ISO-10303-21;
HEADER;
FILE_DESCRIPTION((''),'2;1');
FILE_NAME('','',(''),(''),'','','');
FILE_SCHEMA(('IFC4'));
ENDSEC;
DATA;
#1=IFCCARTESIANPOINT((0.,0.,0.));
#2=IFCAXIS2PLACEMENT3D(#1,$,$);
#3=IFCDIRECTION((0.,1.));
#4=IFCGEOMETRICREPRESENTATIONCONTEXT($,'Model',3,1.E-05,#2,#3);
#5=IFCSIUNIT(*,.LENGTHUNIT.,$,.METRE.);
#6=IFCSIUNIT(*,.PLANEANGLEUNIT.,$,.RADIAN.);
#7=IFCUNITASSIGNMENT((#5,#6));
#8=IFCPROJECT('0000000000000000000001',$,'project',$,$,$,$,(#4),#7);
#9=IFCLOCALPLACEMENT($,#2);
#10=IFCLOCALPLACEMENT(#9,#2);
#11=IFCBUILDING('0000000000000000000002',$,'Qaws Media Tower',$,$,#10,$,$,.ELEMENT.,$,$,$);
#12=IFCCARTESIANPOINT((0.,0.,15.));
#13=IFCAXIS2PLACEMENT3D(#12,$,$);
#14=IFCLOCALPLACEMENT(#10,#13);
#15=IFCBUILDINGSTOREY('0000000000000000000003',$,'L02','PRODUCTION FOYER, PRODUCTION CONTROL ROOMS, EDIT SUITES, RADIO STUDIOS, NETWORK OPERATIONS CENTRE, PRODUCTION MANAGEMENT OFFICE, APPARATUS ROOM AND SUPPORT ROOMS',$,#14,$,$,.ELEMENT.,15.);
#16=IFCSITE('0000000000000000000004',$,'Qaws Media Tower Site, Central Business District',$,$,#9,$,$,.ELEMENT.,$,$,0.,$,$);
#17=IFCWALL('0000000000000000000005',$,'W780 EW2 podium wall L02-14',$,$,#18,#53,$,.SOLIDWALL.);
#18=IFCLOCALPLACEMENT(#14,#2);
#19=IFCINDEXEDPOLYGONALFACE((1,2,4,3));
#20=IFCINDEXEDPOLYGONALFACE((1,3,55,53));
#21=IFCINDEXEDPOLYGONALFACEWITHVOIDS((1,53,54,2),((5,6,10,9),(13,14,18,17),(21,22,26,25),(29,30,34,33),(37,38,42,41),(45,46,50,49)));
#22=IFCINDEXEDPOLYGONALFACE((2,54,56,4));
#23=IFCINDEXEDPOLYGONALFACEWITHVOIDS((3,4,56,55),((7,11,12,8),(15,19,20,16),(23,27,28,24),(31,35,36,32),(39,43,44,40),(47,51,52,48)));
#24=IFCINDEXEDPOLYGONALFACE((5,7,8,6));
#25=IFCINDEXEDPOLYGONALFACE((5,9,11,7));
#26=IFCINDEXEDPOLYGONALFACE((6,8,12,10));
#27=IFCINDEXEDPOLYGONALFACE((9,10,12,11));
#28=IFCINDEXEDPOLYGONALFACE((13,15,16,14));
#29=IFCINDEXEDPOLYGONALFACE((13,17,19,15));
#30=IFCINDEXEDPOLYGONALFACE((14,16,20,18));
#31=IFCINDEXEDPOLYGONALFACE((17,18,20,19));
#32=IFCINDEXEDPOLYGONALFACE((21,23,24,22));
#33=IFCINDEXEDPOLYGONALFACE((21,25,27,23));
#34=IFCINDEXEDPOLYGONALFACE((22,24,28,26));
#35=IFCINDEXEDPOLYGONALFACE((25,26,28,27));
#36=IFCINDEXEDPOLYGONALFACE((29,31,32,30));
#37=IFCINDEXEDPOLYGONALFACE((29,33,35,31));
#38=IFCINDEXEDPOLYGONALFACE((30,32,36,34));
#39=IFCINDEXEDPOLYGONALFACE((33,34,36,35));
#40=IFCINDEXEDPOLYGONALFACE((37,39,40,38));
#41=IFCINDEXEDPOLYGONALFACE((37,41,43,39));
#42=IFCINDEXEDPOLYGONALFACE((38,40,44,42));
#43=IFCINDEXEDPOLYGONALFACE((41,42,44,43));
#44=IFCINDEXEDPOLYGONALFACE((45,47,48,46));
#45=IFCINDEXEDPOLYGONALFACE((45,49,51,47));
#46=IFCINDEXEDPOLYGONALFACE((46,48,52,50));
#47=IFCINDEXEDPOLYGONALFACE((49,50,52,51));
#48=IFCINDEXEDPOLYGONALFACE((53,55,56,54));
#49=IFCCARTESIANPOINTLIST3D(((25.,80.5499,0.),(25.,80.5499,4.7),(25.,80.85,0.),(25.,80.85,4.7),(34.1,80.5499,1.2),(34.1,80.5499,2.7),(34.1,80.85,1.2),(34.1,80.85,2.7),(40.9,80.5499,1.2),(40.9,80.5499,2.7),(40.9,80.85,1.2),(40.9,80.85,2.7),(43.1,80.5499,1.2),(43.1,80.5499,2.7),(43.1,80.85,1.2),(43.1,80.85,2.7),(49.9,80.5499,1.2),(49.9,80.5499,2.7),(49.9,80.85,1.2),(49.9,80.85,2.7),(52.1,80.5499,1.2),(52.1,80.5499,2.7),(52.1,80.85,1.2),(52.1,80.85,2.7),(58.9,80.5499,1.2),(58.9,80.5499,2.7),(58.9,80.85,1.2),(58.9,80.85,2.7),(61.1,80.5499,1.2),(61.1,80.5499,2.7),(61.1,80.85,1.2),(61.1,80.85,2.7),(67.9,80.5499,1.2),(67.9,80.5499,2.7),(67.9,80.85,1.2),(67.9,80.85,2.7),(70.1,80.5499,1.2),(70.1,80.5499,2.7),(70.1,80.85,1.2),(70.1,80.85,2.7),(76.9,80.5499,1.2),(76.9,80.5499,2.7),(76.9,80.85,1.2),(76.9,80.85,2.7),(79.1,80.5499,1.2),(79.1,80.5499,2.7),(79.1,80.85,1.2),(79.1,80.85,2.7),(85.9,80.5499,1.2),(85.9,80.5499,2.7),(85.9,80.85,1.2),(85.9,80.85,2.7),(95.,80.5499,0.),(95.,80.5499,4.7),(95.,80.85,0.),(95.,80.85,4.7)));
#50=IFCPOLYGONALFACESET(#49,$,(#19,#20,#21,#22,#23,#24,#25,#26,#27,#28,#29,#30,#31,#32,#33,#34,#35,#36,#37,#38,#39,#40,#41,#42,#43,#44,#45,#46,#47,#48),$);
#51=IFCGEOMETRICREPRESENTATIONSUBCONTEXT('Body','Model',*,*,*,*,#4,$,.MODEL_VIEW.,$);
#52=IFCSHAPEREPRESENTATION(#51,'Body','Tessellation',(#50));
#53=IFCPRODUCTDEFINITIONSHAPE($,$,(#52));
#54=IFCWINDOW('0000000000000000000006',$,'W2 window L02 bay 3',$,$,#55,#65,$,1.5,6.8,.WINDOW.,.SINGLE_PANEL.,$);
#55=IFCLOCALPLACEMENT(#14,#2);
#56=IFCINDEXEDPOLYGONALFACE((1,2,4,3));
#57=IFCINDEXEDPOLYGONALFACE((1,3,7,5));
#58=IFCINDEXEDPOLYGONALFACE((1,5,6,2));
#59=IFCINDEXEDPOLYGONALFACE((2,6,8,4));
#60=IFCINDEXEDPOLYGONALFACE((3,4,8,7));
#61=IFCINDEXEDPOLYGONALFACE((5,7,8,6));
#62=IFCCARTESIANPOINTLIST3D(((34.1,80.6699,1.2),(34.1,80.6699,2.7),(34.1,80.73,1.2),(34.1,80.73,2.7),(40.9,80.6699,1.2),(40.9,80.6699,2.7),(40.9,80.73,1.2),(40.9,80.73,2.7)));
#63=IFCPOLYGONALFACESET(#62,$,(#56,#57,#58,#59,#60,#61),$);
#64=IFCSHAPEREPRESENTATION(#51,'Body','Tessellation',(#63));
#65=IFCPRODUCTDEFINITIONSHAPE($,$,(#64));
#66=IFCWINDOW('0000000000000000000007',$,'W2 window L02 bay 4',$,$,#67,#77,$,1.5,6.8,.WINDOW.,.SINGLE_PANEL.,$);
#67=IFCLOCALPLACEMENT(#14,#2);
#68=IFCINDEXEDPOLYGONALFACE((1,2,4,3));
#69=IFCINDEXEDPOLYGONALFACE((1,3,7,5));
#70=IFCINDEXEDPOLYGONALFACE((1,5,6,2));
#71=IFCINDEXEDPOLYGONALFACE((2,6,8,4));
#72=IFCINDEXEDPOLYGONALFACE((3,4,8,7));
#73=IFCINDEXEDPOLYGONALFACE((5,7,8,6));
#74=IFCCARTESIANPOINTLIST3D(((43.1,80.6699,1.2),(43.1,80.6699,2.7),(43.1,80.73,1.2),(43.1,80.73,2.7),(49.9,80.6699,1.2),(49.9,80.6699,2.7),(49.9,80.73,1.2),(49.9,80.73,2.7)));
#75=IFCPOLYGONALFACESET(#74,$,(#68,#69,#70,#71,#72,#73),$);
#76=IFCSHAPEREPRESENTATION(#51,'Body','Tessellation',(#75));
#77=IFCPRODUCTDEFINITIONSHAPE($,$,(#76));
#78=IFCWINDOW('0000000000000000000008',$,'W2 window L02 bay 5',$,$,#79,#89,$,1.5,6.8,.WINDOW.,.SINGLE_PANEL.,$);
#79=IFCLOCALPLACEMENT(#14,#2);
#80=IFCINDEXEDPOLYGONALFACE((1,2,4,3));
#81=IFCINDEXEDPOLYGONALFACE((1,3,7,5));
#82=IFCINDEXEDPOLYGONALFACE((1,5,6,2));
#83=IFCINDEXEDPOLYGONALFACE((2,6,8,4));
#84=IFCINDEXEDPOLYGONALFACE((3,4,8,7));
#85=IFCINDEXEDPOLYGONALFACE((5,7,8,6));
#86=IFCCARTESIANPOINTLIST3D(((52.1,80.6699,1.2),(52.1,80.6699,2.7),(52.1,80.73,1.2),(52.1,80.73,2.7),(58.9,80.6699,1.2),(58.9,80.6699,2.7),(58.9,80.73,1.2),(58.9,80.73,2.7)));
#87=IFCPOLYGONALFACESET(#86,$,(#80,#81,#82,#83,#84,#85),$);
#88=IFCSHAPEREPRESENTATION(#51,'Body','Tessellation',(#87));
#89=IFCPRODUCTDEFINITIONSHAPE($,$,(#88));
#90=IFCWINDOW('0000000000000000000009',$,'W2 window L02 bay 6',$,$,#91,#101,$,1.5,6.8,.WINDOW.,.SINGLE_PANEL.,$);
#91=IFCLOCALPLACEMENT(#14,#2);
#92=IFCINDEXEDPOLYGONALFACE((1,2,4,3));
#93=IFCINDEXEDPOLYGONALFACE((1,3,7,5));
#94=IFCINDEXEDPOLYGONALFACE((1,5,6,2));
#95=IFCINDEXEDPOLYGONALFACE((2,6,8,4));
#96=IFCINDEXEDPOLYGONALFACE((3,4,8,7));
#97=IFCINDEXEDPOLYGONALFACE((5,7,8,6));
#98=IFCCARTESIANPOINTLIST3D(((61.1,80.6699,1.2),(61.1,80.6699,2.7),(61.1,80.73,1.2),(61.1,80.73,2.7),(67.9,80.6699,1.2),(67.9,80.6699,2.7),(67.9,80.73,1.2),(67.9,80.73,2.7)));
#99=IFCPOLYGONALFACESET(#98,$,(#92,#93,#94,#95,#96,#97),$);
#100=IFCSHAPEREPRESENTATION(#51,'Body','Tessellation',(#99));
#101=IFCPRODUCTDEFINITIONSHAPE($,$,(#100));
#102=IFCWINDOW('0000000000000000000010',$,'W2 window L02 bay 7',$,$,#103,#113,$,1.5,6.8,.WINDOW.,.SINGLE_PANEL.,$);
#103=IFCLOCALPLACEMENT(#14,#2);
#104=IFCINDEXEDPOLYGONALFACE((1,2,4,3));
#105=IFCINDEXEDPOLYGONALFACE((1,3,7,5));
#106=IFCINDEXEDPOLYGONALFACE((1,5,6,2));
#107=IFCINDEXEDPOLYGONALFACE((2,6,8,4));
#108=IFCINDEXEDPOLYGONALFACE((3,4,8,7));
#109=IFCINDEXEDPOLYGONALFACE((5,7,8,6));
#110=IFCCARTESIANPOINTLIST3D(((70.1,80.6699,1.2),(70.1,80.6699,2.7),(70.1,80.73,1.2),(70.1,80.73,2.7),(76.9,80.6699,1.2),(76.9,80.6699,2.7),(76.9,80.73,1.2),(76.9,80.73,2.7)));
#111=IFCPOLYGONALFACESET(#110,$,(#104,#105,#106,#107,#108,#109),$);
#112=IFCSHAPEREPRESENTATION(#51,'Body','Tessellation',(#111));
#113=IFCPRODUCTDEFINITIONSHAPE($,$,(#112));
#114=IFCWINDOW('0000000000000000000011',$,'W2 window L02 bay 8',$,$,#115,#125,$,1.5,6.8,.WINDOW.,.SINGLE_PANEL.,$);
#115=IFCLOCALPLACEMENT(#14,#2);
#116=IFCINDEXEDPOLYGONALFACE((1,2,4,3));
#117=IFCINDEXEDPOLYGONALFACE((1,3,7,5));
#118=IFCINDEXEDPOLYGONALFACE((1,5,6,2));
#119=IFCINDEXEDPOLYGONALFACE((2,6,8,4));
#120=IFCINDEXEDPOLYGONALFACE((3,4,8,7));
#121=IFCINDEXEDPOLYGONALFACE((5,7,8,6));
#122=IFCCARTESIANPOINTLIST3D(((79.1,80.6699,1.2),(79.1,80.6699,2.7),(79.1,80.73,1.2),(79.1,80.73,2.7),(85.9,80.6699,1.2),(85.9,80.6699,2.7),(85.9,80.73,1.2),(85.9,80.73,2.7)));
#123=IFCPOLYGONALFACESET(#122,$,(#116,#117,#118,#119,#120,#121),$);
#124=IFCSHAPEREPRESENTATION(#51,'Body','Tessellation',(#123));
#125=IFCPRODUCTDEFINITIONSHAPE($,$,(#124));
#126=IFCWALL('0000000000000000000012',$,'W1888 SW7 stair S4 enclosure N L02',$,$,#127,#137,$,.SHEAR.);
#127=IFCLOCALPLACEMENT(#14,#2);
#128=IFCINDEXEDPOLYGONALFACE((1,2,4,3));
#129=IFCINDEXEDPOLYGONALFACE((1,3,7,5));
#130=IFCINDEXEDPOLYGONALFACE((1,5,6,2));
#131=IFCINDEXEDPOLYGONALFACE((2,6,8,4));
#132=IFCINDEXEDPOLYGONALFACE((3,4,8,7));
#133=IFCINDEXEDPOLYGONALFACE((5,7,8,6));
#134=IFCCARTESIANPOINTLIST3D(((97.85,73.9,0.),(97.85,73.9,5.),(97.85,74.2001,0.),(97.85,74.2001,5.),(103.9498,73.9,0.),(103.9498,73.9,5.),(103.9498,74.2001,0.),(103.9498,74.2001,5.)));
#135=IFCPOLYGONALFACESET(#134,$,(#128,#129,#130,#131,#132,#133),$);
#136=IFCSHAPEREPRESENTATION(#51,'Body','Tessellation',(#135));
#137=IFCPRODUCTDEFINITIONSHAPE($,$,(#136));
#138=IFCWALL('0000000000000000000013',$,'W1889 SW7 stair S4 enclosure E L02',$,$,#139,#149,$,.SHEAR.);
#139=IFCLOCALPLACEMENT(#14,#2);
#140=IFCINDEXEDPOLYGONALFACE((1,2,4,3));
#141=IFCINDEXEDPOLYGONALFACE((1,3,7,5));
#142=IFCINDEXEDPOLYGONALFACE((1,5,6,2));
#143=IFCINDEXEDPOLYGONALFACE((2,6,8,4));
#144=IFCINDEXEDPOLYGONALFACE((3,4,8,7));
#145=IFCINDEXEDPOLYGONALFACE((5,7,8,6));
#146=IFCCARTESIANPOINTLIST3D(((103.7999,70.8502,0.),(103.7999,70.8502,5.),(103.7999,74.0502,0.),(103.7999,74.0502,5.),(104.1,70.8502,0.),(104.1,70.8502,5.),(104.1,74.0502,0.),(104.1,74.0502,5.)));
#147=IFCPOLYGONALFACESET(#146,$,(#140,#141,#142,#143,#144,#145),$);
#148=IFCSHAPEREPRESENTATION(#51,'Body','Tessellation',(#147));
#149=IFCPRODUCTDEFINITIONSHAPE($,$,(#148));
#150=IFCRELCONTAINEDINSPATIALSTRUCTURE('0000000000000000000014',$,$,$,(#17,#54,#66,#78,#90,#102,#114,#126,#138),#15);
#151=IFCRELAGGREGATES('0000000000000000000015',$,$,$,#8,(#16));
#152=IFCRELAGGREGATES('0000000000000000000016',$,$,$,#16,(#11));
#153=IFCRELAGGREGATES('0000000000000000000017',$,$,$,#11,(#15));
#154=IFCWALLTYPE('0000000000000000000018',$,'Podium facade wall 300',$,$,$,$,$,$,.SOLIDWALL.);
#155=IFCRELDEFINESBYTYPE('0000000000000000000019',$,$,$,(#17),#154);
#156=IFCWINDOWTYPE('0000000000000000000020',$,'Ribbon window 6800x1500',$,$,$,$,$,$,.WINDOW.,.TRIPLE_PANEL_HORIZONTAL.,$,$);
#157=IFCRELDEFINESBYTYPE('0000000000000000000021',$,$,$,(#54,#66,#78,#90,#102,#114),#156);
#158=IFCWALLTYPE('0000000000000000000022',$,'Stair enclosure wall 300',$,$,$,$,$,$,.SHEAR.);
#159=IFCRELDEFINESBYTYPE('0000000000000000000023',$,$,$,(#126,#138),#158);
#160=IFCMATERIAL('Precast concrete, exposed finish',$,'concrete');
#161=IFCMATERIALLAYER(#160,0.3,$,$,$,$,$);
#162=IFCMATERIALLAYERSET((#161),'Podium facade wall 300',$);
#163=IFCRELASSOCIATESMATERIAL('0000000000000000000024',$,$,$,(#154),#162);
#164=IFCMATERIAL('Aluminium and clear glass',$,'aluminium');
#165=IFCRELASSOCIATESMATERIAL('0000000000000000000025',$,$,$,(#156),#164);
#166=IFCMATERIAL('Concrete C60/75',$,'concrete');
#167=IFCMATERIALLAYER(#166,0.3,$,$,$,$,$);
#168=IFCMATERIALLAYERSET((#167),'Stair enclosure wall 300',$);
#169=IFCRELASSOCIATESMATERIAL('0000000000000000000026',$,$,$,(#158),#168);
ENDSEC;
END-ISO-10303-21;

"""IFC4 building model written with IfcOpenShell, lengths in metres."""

from ifc_helpers import new_model, si_unit, direction, frame, frame_2d, origin, place, context, subcontext, project, spatial, rectangle, extrude, material, layer, layer_set, type_object, element, fill, save


model = new_model("IFC4")

# Units and contexts
model_context = context("Model", 3, precision=1e-05, world=origin(), true_north=direction((0.0, 1.0)))
body_context = subcontext(model_context, "Body", "Model", "MODEL_VIEW")
ifc_project = project(units=[si_unit("LENGTHUNIT", "METRE"), si_unit("PLANEANGLEUNIT", "RADIAN")], contexts=[model_context])

# Site, building, storey
site_placement = place(None, origin())
site = spatial("IfcSite", under=ifc_project, at=site_placement, Name="Qaws Media Tower Site, Central Business District", CompositionType="ELEMENT", RefElevation=0.0)
building_placement = place(site_placement, origin())
building = spatial("IfcBuilding", under=site, at=building_placement, Name="Qaws Media Tower", CompositionType="ELEMENT")
storey_placement = place(building_placement, frame((0.0, 0.0, 15.0)))
storey = spatial("IfcBuildingStorey", under=building, at=storey_placement, Name="L02", Description="PRODUCTION FOYER, PRODUCTION CONTROL ROOMS, EDIT SUITES, RADIO STUDIOS, NETWORK OPERATIONS CENTRE, PRODUCTION MANAGEMENT OFFICE, APPARATUS ROOM AND SUPPORT ROOMS", CompositionType="ELEMENT", Elevation=15.0)

# Shared definitions
ifc_material_1 = material(Name="Precast concrete, exposed finish", Category="concrete")
ifc_layer_1 = layer(ifc_material_1, 0.3)
ifc_layer_set_1 = layer_set([ifc_layer_1], Name="Podium facade wall 300")
wall_type_1 = type_object("IfcWallType", Name="Podium facade wall 300", PredefinedType="SOLIDWALL", material=ifc_layer_set_1)

# Wall, openings, windows
wall_1_placement = place(storey_placement, frame((95.0, 80.7, 0.0), z_axis=(0.0, 0.0, 1.0), x_axis=(-1.0, 0.0, 0.0)))
wall_1 = element("IfcWall", 1, at=wall_1_placement, inside=storey, type_object=wall_type_1, Name="W780 EW2 podium wall L02-14", PredefinedType="SOLIDWALL", context=body_context, shape_type="SweptSolid", body=[
    extrude(rectangle(XDim=70.0, YDim=0.3, at=frame_2d((35.0, 0.0))), origin(), (0.0, 0.0, 1.0), 4.7),
])
opening_1_placement = place(wall_1_placement, frame((54.1001, 0.0, 1.2)))
opening_1 = element("IfcOpeningElement", 2, at=opening_1_placement, cuts=wall_1, PredefinedType="OPENING", context=body_context, shape_type="SweptSolid", body=[
    extrude(rectangle(XDim=6.8, YDim=1.5, at=frame_2d((3.3999, 0.75))), frame((0.0, 0.1599, 0.0), z_axis=(0.0, -1.0, 0.0), x_axis=(1.0, 0.0, 0.0)), (0.0, 0.0, 1.0), 0.3201),
])
opening_2_placement = place(wall_1_placement, frame((45.1001, 0.0, 1.2)))
opening_2 = element("IfcOpeningElement", 3, at=opening_2_placement, cuts=wall_1, PredefinedType="OPENING", context=body_context, shape_type="SweptSolid", body=[
    extrude(rectangle(XDim=6.8, YDim=1.5, at=frame_2d((3.3999, 0.75))), frame((0.0, 0.1599, 0.0), z_axis=(0.0, -1.0, 0.0), x_axis=(1.0, 0.0, 0.0)), (0.0, 0.0, 1.0), 0.3201),
])
opening_3_placement = place(wall_1_placement, frame((36.1001, 0.0, 1.2)))
opening_3 = element("IfcOpeningElement", 4, at=opening_3_placement, cuts=wall_1, PredefinedType="OPENING", context=body_context, shape_type="SweptSolid", body=[
    extrude(rectangle(XDim=6.8, YDim=1.5, at=frame_2d((3.3999, 0.75))), frame((0.0, 0.1599, 0.0), z_axis=(0.0, -1.0, 0.0), x_axis=(1.0, 0.0, 0.0)), (0.0, 0.0, 1.0), 0.3201),
])
opening_4_placement = place(wall_1_placement, frame((27.1001, 0.0, 1.2)))
opening_4 = element("IfcOpeningElement", 5, at=opening_4_placement, cuts=wall_1, PredefinedType="OPENING", context=body_context, shape_type="SweptSolid", body=[
    extrude(rectangle(XDim=6.8, YDim=1.5, at=frame_2d((3.3999, 0.75))), frame((0.0, 0.1599, 0.0), z_axis=(0.0, -1.0, 0.0), x_axis=(1.0, 0.0, 0.0)), (0.0, 0.0, 1.0), 0.3201),
])
opening_5_placement = place(wall_1_placement, frame((18.1001, 0.0, 1.2)))
opening_5 = element("IfcOpeningElement", 6, at=opening_5_placement, cuts=wall_1, PredefinedType="OPENING", context=body_context, shape_type="SweptSolid", body=[
    extrude(rectangle(XDim=6.8, YDim=1.5, at=frame_2d((3.3999, 0.75))), frame((0.0, 0.1599, 0.0), z_axis=(0.0, -1.0, 0.0), x_axis=(1.0, 0.0, 0.0)), (0.0, 0.0, 1.0), 0.3201),
])
opening_6_placement = place(wall_1_placement, frame((9.1001, 0.0, 1.2)))
opening_6 = element("IfcOpeningElement", 7, at=opening_6_placement, cuts=wall_1, PredefinedType="OPENING", context=body_context, shape_type="SweptSolid", body=[
    extrude(rectangle(XDim=6.8, YDim=1.5, at=frame_2d((3.3999, 0.75))), frame((0.0, 0.1599, 0.0), z_axis=(0.0, -1.0, 0.0), x_axis=(1.0, 0.0, 0.0)), (0.0, 0.0, 1.0), 0.3201),
])
ifc_material_2 = material(Name="Aluminium and clear glass", Category="aluminium")
window_type = type_object("IfcWindowType", Name="Ribbon window 6800x1500", PartitioningType="TRIPLE_PANEL_HORIZONTAL", PredefinedType="WINDOW", material=ifc_material_2)
window_1_placement = place(opening_1_placement, origin())
window_1 = element("IfcWindow", 8, at=window_1_placement, inside=storey, type_object=window_type, Name="W2 window L02 bay 3", OverallHeight=1.5, OverallWidth=6.8, PartitioningType="SINGLE_PANEL", PredefinedType="WINDOW", context=body_context, shape_type="SweptSolid", body=[
    extrude(rectangle(XDim=6.8, YDim=1.5, at=frame_2d((3.3999, 0.75))), frame((0.0, 0.03, 0.0), z_axis=(0.0, -1.0, 0.0), x_axis=(1.0, 0.0, 0.0)), (0.0, 0.0, 1.0), 0.0601),
])
fill(opening_1, window_1)
window_2_placement = place(opening_2_placement, origin())
window_2 = element("IfcWindow", 9, at=window_2_placement, inside=storey, type_object=window_type, Name="W2 window L02 bay 4", OverallHeight=1.5, OverallWidth=6.8, PartitioningType="SINGLE_PANEL", PredefinedType="WINDOW", context=body_context, shape_type="SweptSolid", body=[
    extrude(rectangle(XDim=6.8, YDim=1.5, at=frame_2d((3.3999, 0.75))), frame((0.0, 0.03, 0.0), z_axis=(0.0, -1.0, 0.0), x_axis=(1.0, 0.0, 0.0)), (0.0, 0.0, 1.0), 0.0601),
])
fill(opening_2, window_2)
window_3_placement = place(opening_3_placement, origin())
window_3 = element("IfcWindow", 10, at=window_3_placement, inside=storey, type_object=window_type, Name="W2 window L02 bay 5", OverallHeight=1.5, OverallWidth=6.8, PartitioningType="SINGLE_PANEL", PredefinedType="WINDOW", context=body_context, shape_type="SweptSolid", body=[
    extrude(rectangle(XDim=6.8, YDim=1.5, at=frame_2d((3.3999, 0.75))), frame((0.0, 0.03, 0.0), z_axis=(0.0, -1.0, 0.0), x_axis=(1.0, 0.0, 0.0)), (0.0, 0.0, 1.0), 0.0601),
])
fill(opening_3, window_3)
window_4_placement = place(opening_4_placement, origin())
window_4 = element("IfcWindow", 11, at=window_4_placement, inside=storey, type_object=window_type, Name="W2 window L02 bay 6", OverallHeight=1.5, OverallWidth=6.8, PartitioningType="SINGLE_PANEL", PredefinedType="WINDOW", context=body_context, shape_type="SweptSolid", body=[
    extrude(rectangle(XDim=6.8, YDim=1.5, at=frame_2d((3.3999, 0.75))), frame((0.0, 0.03, 0.0), z_axis=(0.0, -1.0, 0.0), x_axis=(1.0, 0.0, 0.0)), (0.0, 0.0, 1.0), 0.0601),
])
fill(opening_4, window_4)
window_5_placement = place(opening_5_placement, origin())
window_5 = element("IfcWindow", 12, at=window_5_placement, inside=storey, type_object=window_type, Name="W2 window L02 bay 7", OverallHeight=1.5, OverallWidth=6.8, PartitioningType="SINGLE_PANEL", PredefinedType="WINDOW", context=body_context, shape_type="SweptSolid", body=[
    extrude(rectangle(XDim=6.8, YDim=1.5, at=frame_2d((3.3999, 0.75))), frame((0.0, 0.03, 0.0), z_axis=(0.0, -1.0, 0.0), x_axis=(1.0, 0.0, 0.0)), (0.0, 0.0, 1.0), 0.0601),
])
fill(opening_5, window_5)
window_6_placement = place(opening_6_placement, origin())
window_6 = element("IfcWindow", 13, at=window_6_placement, inside=storey, type_object=window_type, Name="W2 window L02 bay 8", OverallHeight=1.5, OverallWidth=6.8, PartitioningType="SINGLE_PANEL", PredefinedType="WINDOW", context=body_context, shape_type="SweptSolid", body=[
    extrude(rectangle(XDim=6.8, YDim=1.5, at=frame_2d((3.3999, 0.75))), frame((0.0, 0.03, 0.0), z_axis=(0.0, -1.0, 0.0), x_axis=(1.0, 0.0, 0.0)), (0.0, 0.0, 1.0), 0.0601),
])
fill(opening_6, window_6)

# Walls
ifc_material_3 = material(Name="Concrete C60/75", Category="concrete")
ifc_layer_2 = layer(ifc_material_3, 0.3)
ifc_layer_set_2 = layer_set([ifc_layer_2], Name="Stair enclosure wall 300")
wall_type_2 = type_object("IfcWallType", Name="Stair enclosure wall 300", PredefinedType="SHEAR", material=ifc_layer_set_2)
wall_2_placement = place(storey_placement, frame((97.8501, 74.05, 0.0), z_axis=(0.0, 0.0, 1.0), x_axis=(1.0, 0.0, 0.0)))
element("IfcWall", 14, at=wall_2_placement, inside=storey, type_object=wall_type_2, Name="W1888 SW7 stair S4 enclosure N L02", PredefinedType="SHEAR", context=body_context, shape_type="SweptSolid", body=[
    extrude(rectangle(XDim=6.0999, YDim=0.3, at=frame_2d((3.0498, 0.0))), origin(), (0.0, 0.0, 1.0), 5.0),
])
wall_3_placement = place(storey_placement, frame((103.95, 70.8501, 0.0), z_axis=(0.0, 0.0, 1.0), x_axis=(0.0, 1.0, 0.0)))
element("IfcWall", 15, at=wall_3_placement, inside=storey, type_object=wall_type_2, Name="W1889 SW7 stair S4 enclosure E L02", PredefinedType="SHEAR", context=body_context, shape_type="SweptSolid", body=[
    extrude(rectangle(XDim=3.2, YDim=0.3, at=frame_2d((1.6001, 0.0))), origin(), (0.0, 0.0, 1.0), 5.0),
])

save(model, "model.ifc")
